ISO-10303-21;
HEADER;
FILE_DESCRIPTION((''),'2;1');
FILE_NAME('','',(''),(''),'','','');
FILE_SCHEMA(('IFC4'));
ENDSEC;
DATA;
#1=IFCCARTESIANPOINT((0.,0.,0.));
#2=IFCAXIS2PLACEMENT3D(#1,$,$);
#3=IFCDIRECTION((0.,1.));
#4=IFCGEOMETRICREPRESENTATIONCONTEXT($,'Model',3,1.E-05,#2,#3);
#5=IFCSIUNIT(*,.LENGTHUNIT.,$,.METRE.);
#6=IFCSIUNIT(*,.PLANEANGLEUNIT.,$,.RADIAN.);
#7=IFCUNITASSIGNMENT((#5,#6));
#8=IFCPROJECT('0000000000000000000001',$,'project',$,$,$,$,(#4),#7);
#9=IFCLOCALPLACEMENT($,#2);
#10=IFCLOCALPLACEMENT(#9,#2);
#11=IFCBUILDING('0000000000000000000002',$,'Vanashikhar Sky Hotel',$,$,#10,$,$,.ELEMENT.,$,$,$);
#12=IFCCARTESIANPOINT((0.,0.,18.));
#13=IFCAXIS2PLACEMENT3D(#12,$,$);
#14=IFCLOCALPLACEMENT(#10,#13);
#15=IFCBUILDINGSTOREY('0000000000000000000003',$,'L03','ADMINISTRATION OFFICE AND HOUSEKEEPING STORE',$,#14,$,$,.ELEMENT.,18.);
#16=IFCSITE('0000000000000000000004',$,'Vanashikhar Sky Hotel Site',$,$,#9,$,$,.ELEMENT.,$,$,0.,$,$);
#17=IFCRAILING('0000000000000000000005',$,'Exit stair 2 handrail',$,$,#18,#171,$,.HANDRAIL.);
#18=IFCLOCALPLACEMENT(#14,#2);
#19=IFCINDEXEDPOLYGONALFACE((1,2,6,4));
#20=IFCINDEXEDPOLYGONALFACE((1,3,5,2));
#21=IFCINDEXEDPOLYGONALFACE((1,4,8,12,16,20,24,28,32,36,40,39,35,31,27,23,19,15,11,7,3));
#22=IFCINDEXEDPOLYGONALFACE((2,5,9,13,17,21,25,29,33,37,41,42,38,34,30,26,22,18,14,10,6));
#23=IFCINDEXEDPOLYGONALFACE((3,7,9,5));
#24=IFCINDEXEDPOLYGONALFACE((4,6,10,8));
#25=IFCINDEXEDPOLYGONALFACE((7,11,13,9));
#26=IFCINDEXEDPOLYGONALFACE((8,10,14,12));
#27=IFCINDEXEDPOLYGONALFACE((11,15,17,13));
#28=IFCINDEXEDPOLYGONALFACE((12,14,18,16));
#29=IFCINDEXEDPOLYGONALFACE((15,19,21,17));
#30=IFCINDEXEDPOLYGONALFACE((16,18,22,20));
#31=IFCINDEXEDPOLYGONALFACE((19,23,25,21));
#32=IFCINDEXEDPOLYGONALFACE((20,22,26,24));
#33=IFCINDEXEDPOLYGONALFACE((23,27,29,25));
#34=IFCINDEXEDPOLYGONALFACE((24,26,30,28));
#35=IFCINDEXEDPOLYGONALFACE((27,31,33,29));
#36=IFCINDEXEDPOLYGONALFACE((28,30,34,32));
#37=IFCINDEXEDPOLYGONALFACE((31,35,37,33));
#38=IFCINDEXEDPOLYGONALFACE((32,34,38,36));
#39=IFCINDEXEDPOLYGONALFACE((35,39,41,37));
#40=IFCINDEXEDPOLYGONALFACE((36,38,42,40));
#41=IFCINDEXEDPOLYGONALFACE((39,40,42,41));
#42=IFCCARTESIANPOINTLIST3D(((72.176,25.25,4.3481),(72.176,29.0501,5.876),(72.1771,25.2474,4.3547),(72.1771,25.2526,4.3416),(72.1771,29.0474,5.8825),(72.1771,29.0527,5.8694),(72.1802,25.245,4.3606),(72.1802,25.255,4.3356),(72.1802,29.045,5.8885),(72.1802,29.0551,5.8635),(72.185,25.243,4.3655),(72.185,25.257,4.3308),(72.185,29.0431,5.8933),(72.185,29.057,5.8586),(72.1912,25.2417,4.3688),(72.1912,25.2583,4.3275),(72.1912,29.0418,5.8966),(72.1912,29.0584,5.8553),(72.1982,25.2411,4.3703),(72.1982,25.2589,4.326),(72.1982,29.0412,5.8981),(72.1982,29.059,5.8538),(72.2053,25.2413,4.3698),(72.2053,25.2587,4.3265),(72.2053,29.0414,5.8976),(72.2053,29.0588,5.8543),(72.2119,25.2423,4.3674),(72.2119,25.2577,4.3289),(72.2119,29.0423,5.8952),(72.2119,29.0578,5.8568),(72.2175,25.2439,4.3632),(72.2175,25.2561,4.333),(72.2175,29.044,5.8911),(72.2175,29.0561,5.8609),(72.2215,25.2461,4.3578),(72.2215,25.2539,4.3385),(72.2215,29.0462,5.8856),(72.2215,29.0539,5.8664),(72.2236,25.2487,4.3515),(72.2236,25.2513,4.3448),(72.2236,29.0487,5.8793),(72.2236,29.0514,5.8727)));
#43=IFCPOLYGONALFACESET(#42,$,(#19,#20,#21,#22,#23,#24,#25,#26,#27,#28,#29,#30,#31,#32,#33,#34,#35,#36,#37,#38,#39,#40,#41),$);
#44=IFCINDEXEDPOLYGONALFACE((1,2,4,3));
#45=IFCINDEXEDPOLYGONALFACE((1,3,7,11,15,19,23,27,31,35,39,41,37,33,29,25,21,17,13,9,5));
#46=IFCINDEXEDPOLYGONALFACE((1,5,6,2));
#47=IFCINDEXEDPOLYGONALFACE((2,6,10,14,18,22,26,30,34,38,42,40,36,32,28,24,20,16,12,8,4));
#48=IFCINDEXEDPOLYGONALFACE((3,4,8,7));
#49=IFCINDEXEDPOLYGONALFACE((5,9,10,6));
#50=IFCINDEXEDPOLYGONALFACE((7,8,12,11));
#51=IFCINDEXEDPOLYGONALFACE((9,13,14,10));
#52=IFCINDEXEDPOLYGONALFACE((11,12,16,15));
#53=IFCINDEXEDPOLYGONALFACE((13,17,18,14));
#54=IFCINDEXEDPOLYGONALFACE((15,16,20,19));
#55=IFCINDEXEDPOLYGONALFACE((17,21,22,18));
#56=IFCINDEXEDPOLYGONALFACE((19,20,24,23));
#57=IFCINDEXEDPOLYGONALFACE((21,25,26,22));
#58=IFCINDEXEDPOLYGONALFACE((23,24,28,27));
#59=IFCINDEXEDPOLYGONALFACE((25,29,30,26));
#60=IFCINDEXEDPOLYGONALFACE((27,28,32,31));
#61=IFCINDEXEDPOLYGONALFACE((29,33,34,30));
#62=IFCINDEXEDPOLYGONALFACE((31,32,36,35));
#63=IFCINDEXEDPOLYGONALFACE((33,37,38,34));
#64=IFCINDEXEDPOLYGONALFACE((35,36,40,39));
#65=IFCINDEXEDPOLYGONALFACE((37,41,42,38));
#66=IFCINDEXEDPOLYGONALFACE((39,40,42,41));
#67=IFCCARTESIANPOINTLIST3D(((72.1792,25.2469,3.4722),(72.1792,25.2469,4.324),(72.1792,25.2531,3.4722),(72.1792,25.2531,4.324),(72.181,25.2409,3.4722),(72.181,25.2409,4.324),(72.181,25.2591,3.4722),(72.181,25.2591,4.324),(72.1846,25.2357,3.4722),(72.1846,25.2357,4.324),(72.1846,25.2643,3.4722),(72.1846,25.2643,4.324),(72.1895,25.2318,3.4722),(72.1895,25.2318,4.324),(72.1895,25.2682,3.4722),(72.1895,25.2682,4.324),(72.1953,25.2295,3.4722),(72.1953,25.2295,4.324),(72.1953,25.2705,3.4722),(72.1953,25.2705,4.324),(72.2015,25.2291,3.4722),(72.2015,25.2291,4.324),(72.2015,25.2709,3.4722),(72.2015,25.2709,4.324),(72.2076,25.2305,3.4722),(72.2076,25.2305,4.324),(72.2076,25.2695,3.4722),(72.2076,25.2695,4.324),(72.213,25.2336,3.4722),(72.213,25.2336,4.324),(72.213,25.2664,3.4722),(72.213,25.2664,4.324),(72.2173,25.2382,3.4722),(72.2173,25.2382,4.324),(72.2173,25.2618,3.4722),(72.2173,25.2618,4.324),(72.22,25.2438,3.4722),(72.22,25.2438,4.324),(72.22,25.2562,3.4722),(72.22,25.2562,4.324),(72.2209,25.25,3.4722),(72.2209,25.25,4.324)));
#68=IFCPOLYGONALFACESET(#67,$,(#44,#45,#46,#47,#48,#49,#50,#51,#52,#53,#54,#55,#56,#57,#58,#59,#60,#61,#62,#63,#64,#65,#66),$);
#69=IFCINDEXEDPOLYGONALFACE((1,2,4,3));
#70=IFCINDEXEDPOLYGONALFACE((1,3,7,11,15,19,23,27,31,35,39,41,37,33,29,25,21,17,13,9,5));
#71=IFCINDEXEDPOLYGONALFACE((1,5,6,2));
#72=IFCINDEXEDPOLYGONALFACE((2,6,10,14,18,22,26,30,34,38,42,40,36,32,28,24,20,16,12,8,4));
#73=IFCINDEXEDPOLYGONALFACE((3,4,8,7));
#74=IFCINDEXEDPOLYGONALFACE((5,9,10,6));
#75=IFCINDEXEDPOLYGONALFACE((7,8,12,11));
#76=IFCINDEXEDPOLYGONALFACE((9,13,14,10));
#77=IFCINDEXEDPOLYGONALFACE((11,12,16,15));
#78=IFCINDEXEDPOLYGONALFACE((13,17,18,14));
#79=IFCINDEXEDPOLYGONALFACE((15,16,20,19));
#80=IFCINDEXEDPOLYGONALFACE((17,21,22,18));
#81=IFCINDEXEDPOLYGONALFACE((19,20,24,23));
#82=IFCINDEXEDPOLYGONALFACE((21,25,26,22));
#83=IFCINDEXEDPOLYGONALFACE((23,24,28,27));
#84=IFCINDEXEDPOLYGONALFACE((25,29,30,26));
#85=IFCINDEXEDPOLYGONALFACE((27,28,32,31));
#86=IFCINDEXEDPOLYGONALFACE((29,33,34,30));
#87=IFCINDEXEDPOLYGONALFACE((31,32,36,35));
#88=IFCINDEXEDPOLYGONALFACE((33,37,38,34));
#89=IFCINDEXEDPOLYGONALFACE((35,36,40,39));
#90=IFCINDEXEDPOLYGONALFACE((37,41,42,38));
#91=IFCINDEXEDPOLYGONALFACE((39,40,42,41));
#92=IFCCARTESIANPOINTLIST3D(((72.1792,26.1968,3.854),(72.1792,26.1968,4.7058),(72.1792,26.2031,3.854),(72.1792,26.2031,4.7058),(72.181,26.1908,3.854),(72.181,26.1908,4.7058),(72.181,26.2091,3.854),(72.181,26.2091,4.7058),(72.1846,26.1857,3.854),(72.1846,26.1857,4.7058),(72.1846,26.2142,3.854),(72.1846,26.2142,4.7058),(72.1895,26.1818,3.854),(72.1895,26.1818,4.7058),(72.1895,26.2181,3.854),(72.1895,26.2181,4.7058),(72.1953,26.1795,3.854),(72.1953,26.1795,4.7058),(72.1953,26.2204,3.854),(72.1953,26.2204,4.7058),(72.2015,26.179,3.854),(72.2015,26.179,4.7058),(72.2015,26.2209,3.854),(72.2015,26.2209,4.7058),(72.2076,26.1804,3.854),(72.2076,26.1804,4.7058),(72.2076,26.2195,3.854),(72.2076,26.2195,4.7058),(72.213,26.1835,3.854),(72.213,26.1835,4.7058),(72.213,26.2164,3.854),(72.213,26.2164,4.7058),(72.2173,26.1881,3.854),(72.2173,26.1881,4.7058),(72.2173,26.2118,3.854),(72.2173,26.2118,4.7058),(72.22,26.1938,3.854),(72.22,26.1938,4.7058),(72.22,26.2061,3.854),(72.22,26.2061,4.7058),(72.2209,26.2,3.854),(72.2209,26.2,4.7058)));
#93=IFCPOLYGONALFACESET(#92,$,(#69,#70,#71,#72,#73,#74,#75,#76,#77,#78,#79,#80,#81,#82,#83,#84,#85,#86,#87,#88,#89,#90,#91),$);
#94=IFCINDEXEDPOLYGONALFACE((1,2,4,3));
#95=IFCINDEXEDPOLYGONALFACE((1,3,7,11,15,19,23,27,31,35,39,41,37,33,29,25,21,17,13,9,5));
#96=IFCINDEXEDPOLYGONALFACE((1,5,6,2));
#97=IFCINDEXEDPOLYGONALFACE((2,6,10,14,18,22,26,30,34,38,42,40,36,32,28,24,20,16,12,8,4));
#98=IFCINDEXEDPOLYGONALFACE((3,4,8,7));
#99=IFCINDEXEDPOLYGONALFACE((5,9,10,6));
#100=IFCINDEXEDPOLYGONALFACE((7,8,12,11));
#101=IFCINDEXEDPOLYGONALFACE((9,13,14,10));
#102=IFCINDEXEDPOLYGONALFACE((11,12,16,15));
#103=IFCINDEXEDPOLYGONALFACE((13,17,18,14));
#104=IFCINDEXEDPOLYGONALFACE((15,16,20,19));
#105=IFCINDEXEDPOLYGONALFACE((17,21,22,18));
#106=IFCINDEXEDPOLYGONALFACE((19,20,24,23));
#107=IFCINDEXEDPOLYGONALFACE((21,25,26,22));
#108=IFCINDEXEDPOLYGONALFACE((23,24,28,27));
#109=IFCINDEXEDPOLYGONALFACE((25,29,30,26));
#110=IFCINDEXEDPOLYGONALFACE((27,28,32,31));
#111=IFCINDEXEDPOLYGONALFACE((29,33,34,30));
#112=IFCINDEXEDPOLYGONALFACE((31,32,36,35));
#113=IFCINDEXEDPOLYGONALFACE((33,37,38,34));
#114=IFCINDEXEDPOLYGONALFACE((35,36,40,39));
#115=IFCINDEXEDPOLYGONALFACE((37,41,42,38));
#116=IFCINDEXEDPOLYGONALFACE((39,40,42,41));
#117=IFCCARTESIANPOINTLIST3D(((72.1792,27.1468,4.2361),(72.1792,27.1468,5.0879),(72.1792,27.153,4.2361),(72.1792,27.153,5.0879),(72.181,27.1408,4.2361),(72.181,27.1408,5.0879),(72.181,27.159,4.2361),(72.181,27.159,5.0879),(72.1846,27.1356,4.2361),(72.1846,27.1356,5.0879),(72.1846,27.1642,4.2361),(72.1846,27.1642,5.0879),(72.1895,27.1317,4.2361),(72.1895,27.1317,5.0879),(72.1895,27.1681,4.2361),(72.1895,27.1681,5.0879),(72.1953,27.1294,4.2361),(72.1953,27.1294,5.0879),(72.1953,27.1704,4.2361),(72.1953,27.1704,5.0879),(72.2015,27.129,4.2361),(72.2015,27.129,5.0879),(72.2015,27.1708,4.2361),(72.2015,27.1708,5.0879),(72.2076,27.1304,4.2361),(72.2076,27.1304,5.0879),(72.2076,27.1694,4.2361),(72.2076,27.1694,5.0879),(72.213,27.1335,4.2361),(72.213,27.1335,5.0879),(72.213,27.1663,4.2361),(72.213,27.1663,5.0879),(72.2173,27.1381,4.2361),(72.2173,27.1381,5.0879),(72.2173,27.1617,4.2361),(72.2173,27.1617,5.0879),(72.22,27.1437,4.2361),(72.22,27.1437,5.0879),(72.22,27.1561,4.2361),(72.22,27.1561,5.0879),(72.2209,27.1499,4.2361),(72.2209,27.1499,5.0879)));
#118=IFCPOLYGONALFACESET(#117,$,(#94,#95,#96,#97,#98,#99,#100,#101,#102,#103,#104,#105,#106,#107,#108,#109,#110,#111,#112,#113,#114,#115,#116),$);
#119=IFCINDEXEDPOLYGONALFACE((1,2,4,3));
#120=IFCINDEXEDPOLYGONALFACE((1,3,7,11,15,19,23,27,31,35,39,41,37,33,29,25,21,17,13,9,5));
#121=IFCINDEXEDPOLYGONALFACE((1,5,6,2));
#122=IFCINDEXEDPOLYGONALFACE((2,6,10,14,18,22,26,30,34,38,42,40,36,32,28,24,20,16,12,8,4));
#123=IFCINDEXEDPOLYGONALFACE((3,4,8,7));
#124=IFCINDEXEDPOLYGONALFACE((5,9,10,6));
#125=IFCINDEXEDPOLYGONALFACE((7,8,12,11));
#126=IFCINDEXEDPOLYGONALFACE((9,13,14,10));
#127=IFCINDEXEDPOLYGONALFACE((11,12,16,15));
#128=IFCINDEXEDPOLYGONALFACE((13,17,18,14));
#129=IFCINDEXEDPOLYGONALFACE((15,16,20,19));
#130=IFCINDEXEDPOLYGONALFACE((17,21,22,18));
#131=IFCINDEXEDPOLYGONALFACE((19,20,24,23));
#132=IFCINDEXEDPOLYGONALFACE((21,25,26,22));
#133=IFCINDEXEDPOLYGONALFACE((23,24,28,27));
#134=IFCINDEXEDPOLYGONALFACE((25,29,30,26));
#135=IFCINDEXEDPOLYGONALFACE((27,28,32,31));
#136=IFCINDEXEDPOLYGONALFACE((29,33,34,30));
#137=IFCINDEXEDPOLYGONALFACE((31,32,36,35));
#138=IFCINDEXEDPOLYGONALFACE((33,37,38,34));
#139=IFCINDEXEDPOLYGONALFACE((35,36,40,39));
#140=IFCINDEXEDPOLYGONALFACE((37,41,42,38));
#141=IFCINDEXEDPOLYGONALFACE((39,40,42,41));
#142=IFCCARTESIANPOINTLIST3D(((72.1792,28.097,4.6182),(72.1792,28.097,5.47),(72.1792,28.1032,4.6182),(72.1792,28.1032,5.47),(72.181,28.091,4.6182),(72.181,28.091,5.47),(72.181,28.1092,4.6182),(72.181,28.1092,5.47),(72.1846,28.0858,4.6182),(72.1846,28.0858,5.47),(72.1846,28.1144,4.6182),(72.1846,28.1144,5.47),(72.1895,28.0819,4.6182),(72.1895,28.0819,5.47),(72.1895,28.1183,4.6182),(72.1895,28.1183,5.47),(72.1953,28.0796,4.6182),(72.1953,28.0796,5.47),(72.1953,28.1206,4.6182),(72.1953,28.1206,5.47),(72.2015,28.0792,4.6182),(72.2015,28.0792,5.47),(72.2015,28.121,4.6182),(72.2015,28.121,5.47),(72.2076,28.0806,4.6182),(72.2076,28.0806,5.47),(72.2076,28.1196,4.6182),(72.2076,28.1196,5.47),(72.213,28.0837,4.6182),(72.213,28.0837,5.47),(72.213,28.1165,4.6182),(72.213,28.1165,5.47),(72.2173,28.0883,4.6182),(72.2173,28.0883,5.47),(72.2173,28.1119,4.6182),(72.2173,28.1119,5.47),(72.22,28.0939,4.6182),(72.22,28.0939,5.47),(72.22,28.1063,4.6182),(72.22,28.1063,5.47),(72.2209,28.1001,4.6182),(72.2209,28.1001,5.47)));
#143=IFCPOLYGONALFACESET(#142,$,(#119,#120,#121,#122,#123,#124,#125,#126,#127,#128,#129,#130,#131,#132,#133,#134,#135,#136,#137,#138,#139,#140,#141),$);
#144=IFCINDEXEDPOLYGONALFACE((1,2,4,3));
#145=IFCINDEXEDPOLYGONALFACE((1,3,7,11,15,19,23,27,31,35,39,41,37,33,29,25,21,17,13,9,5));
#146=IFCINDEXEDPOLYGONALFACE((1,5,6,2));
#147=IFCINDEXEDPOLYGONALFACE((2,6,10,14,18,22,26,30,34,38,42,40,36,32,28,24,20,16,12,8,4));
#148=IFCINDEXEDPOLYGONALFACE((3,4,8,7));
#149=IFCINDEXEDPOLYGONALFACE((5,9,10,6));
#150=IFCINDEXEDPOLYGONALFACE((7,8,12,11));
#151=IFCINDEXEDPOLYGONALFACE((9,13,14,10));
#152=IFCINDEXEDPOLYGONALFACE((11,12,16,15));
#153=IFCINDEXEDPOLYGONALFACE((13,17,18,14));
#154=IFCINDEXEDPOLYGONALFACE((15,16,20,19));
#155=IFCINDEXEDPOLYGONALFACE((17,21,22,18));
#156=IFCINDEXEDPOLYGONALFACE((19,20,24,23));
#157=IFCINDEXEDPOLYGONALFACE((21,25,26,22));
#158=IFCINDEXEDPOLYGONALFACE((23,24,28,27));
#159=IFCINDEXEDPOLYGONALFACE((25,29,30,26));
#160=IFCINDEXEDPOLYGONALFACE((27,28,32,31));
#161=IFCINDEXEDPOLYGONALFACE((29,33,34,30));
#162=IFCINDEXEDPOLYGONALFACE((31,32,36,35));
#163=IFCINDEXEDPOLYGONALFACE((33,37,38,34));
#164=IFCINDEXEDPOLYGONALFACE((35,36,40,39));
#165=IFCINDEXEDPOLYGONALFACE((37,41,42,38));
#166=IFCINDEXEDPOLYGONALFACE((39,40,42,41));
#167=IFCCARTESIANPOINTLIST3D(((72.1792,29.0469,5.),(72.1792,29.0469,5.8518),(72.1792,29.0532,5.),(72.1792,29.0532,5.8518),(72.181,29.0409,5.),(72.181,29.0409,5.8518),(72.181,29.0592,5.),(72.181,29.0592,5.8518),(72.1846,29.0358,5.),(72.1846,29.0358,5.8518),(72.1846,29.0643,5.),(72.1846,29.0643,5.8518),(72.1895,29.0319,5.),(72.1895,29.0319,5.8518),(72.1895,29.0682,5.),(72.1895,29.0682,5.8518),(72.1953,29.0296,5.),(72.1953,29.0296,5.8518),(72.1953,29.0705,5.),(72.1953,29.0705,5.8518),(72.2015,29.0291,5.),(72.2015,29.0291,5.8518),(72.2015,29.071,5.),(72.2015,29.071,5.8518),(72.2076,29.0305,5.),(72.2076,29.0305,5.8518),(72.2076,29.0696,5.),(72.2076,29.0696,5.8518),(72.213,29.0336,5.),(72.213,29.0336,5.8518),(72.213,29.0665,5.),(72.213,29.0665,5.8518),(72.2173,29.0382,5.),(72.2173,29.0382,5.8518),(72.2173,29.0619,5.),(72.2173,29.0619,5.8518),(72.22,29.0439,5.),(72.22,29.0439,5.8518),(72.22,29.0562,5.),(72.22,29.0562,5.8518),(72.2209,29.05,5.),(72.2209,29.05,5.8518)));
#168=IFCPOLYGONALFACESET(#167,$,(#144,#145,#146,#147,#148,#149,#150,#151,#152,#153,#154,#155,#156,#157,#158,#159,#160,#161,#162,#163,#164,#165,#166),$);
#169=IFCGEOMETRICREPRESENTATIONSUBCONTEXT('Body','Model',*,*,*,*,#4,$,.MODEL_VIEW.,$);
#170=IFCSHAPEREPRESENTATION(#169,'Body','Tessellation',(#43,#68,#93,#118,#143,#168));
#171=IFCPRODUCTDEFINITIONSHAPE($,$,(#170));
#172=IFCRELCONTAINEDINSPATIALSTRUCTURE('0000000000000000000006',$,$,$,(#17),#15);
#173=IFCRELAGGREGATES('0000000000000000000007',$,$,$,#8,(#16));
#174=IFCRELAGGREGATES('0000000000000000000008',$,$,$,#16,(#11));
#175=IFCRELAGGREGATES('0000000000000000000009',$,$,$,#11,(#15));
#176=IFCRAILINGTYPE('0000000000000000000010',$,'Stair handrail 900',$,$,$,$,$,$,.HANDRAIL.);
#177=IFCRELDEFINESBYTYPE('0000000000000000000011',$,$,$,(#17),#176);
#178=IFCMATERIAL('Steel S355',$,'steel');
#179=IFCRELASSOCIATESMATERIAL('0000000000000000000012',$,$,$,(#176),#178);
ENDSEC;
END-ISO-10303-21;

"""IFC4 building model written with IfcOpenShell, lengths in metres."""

from ifc_helpers import new_model, si_unit, direction, frame, origin, origin_2d, place, context, subcontext, project, spatial, circle, extrude, source, transform, mapped, material, type_object, element, save


model = new_model("IFC4")

# Units and contexts
model_context = context("Model", 3, precision=1e-05, world=origin(), true_north=direction((0.0, 1.0)))
body_context = subcontext(model_context, "Body", "Model", "MODEL_VIEW")
ifc_project = project(units=[si_unit("LENGTHUNIT", "METRE"), si_unit("PLANEANGLEUNIT", "RADIAN")], contexts=[model_context])

# Site, building, storey
site_placement = place(None, origin())
site = spatial("IfcSite", under=ifc_project, at=site_placement, Name="Vanashikhar Sky Hotel Site", CompositionType="ELEMENT", RefElevation=0.0)
building_placement = place(site_placement, origin())
building = spatial("IfcBuilding", under=site, at=building_placement, Name="Vanashikhar Sky Hotel", CompositionType="ELEMENT")
storey_placement = place(building_placement, frame((0.0, 0.0, 18.0)))
storey = spatial("IfcBuildingStorey", under=building, at=storey_placement, Name="L03", Description="ADMINISTRATION OFFICE AND HOUSEKEEPING STORE", CompositionType="ELEMENT", Elevation=18.0)

# Railing
ifc_material_1 = material(Name="Steel S355", Category="steel")
railing_type_1 = type_object("IfcRailingType", Name="Stair handrail 900", PredefinedType="HANDRAIL", material=ifc_material_1)
shared_shape_1 = source(origin(), body_context, "Body", "SweptSolid", [
    extrude(circle(Radius=0.0239, at=origin_2d()), frame((0.0, 0.0, 0.876), z_axis=(0.0, 0.927817, 0.373034), x_axis=(-1.0, 0.0, 0.0)), (0.0, 0.0, 1.0), 4.0957),
    extrude(circle(Radius=0.021, at=origin_2d()), origin(), (0.0, 0.0, 1.0), 0.8518),
    extrude(circle(Radius=0.021, at=origin_2d()), frame((0.0, 0.95, 0.3818)), (0.0, 0.0, 1.0), 0.8518),
    extrude(circle(Radius=0.021, at=origin_2d()), frame((0.0, 1.8999, 0.7639)), (0.0, 0.0, 1.0), 0.8518),
    extrude(circle(Radius=0.021, at=origin_2d()), frame((0.0, 2.8501, 1.146)), (0.0, 0.0, 1.0), 0.8518),
    extrude(circle(Radius=0.021, at=origin_2d()), frame((0.0, 3.8, 1.5278)), (0.0, 0.0, 1.0), 0.8518),
])
for number, where, name in (
    (1, (72.2, 25.25, 3.4722), "Exit stair 2 handrail"),
):
    element("IfcRailing", number, at=place(storey_placement, frame(where)), inside=storey, type_object=railing_type_1, Name=name, PredefinedType="HANDRAIL", context=body_context, shape_type="MappedRepresentation", body=[
        mapped(shared_shape_1, transform((0.0, 0.0, 0.0), scale=1.0)),
    ])

save(model, "model.ifc")
